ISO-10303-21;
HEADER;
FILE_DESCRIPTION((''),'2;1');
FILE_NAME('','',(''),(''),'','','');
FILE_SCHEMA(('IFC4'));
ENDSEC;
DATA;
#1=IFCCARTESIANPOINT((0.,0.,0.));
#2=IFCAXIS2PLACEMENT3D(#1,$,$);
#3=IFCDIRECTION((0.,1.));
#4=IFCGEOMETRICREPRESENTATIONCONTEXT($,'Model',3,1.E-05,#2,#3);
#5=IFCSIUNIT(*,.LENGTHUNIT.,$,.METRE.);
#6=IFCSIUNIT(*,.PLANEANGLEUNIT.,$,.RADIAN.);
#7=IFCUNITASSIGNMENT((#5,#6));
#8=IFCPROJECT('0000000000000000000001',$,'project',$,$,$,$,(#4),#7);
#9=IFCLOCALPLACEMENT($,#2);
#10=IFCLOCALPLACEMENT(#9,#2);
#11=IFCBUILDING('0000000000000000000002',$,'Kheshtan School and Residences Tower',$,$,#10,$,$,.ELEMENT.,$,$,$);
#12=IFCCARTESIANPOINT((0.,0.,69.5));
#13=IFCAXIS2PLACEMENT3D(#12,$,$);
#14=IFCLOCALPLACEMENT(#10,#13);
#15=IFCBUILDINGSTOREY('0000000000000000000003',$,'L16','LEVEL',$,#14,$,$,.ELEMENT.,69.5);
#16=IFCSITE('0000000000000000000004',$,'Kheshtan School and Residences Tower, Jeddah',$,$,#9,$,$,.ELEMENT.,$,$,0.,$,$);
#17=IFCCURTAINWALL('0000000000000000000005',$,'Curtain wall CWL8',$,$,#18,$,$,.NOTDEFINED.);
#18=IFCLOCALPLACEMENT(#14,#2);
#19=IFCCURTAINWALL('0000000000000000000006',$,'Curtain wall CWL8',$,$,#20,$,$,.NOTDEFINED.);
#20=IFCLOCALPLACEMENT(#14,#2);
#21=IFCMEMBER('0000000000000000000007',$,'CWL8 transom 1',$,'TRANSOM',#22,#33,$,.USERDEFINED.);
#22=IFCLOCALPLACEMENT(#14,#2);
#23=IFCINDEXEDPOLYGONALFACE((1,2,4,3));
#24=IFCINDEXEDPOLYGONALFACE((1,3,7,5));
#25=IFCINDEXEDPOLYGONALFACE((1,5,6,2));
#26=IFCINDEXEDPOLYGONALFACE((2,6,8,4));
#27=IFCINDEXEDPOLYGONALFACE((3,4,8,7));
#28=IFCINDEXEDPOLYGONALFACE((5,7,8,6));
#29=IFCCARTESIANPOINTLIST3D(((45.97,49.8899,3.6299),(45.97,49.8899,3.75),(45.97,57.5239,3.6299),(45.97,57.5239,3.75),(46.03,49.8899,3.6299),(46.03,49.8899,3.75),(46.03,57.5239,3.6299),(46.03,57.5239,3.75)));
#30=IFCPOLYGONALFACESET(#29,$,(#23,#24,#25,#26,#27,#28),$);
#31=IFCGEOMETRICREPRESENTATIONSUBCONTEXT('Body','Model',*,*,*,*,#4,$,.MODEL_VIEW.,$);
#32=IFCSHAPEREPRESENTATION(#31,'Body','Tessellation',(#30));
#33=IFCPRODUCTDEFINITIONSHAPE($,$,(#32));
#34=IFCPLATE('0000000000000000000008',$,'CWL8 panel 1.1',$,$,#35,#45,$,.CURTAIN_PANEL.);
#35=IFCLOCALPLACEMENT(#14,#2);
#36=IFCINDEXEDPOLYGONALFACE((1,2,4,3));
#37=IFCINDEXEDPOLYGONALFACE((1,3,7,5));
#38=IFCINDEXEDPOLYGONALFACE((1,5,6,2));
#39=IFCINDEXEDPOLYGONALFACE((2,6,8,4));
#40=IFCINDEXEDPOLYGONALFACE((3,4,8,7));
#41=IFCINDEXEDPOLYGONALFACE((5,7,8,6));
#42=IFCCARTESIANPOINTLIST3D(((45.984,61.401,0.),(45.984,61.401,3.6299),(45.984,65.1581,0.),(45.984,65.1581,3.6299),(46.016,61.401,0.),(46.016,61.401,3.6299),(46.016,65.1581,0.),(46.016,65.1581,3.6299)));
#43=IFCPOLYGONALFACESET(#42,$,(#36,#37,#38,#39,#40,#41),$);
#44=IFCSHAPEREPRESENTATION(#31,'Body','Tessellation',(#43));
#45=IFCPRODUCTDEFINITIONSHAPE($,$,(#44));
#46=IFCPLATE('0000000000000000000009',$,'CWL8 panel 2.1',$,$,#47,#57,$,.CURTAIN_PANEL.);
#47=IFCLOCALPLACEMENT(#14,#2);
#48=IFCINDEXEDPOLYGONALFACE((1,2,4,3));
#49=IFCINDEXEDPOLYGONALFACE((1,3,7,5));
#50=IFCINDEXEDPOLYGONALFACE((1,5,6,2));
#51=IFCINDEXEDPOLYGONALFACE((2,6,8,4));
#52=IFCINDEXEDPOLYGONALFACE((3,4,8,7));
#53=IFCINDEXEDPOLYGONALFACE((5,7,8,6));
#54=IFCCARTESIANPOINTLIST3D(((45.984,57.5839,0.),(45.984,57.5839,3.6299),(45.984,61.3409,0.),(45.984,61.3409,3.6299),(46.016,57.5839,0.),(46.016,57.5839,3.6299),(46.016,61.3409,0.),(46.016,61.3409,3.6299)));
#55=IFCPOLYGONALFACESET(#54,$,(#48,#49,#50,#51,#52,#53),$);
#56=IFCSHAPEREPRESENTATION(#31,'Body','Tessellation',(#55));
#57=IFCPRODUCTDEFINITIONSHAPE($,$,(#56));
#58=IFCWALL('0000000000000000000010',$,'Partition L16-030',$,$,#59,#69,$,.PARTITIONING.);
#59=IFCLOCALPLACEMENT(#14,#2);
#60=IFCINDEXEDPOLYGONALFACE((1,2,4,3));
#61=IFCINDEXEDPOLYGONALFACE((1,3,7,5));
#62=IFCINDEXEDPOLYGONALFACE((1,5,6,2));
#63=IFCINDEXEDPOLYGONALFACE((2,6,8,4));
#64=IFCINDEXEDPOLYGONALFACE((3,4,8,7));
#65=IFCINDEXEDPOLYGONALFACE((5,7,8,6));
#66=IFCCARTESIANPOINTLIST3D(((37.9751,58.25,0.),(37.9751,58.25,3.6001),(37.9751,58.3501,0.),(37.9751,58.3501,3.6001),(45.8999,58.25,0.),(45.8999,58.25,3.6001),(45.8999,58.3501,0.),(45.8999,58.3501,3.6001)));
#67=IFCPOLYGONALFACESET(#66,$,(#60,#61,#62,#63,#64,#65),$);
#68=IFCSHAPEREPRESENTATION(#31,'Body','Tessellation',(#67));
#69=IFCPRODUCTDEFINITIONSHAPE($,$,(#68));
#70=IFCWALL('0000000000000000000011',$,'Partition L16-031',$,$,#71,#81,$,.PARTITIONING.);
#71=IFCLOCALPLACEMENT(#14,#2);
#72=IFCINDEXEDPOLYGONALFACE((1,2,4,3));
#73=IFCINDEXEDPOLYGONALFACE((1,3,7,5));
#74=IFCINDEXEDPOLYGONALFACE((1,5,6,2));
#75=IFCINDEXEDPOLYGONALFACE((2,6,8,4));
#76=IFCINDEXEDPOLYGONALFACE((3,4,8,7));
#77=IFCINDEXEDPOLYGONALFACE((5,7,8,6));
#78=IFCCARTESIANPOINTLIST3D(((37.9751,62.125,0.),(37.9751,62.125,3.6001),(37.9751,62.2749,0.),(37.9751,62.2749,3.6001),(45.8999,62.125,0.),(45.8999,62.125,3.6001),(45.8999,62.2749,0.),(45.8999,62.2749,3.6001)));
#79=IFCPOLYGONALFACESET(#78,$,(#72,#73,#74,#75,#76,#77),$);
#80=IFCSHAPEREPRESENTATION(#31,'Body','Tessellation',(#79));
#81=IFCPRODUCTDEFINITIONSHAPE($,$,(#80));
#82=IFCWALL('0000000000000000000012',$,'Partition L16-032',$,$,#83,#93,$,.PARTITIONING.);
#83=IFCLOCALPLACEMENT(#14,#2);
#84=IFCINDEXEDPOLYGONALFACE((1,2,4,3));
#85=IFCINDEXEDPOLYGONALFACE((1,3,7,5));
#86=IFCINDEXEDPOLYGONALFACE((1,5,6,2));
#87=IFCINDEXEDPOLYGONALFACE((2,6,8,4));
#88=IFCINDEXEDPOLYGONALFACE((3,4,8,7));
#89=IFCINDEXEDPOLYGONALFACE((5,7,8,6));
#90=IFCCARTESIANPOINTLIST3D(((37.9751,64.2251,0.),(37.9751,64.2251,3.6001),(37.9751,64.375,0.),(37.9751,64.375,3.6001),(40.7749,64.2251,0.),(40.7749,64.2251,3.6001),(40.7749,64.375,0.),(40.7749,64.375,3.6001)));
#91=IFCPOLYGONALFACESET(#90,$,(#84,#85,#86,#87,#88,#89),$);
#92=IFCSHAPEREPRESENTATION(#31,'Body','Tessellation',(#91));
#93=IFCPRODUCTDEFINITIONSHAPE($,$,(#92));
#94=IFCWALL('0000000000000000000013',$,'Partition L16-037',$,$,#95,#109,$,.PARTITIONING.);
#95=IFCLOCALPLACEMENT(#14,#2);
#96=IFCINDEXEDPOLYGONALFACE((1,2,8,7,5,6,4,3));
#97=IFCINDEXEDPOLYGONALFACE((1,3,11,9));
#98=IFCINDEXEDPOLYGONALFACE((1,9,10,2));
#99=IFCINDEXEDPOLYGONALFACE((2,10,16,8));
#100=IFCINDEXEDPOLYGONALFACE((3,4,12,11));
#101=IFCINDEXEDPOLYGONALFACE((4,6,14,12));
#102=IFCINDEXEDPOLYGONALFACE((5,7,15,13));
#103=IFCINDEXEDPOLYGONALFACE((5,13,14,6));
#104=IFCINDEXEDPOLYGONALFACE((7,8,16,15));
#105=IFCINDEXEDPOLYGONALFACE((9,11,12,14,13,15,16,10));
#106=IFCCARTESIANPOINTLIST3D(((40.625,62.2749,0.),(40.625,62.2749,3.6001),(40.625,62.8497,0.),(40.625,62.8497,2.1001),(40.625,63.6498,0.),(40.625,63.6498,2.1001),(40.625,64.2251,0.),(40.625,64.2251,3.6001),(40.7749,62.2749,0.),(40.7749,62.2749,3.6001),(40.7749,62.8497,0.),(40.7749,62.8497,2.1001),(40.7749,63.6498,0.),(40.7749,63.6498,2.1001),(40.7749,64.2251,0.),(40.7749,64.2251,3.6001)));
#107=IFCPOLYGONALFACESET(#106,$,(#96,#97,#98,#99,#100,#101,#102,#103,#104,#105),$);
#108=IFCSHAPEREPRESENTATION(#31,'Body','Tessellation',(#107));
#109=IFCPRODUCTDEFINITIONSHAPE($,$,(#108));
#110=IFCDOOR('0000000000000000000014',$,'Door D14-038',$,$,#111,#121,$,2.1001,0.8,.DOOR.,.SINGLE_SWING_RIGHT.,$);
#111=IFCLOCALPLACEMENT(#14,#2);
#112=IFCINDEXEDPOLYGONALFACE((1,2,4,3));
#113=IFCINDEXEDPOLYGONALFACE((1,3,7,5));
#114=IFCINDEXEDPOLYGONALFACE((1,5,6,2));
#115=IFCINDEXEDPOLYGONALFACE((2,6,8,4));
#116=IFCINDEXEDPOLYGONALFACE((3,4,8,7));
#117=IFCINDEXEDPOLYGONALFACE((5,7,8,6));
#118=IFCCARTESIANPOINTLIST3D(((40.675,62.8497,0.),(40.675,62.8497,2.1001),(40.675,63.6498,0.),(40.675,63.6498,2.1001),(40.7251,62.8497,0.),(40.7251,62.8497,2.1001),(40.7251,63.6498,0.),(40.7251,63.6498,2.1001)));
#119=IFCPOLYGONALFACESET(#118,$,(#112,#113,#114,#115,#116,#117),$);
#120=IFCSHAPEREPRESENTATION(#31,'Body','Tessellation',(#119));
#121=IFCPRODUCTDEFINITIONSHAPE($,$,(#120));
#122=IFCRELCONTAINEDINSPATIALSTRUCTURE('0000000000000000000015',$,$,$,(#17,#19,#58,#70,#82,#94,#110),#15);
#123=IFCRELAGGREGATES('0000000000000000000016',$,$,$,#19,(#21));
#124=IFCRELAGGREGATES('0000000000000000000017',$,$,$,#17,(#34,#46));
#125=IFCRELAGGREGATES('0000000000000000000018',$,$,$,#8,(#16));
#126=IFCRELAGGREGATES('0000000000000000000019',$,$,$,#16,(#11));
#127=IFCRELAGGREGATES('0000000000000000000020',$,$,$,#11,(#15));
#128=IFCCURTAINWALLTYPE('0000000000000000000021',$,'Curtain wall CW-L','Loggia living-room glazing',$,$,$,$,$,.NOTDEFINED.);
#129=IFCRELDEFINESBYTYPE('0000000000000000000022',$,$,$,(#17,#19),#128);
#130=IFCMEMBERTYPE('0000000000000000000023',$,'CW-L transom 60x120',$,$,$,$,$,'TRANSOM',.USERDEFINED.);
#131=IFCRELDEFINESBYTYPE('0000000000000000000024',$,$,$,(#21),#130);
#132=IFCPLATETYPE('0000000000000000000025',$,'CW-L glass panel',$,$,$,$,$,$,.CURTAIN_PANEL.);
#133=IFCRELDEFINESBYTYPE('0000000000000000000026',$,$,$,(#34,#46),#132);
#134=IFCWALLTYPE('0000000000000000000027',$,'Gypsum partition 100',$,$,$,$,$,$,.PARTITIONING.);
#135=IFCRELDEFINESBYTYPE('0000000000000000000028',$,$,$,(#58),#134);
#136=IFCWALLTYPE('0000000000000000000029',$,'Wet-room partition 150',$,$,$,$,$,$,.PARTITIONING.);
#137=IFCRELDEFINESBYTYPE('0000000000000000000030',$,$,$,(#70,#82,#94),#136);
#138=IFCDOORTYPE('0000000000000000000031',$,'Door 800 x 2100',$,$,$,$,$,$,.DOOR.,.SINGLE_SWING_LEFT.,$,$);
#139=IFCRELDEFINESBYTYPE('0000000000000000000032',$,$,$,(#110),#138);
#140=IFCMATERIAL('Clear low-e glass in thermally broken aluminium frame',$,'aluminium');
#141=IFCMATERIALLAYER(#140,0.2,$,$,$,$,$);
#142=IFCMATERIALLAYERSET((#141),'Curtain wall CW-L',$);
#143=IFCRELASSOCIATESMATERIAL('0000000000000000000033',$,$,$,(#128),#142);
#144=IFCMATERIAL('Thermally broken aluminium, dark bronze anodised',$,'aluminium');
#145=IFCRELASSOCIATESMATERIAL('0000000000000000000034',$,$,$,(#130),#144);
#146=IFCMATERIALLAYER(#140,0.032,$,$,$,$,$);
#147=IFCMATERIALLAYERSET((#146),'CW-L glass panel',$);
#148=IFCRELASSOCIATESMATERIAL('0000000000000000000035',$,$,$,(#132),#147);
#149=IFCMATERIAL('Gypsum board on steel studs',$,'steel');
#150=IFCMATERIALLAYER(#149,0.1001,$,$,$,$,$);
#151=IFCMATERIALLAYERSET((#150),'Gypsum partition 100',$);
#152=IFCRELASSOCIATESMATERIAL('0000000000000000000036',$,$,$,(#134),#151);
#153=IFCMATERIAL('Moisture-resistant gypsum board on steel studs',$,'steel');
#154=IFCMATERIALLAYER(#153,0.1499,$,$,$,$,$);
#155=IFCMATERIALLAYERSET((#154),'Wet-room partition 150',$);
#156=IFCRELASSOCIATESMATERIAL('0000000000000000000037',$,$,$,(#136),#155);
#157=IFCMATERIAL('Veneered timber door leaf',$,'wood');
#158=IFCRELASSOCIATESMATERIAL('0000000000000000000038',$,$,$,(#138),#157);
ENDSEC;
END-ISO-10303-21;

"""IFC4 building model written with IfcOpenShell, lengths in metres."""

from ifc_helpers import new_model, si_unit, direction, frame, frame_2d, origin, origin_2d, place, context, subcontext, project, spatial, rectangle, extrude, source, transform, mapped, material, layer, layer_set, material_profile, profile_set, type_object, element, fill, aggregate, save


model = new_model("IFC4")

# Units and contexts
model_context = context("Model", 3, precision=1e-05, world=origin(), true_north=direction((0.0, 1.0)))
body_context = subcontext(model_context, "Body", "Model", "MODEL_VIEW")
ifc_project = project(units=[si_unit("LENGTHUNIT", "METRE"), si_unit("PLANEANGLEUNIT", "RADIAN")], contexts=[model_context])

# Site, building, storey
site_placement = place(None, origin())
site = spatial("IfcSite", under=ifc_project, at=site_placement, Name="Kheshtan School and Residences Tower, Jeddah", CompositionType="ELEMENT", RefElevation=0.0)
building_placement = place(site_placement, origin())
building = spatial("IfcBuilding", under=site, at=building_placement, Name="Kheshtan School and Residences Tower", CompositionType="ELEMENT")
storey_placement = place(building_placement, frame((0.0, 0.0, 69.5)))
storey = spatial("IfcBuildingStorey", under=building, at=storey_placement, Name="L16", Description="LEVEL", CompositionType="ELEMENT", Elevation=69.5)

# Curtain wall
ifc_material_1 = material(Name="Clear low-e glass in thermally broken aluminium frame", Category="aluminium")
ifc_layer_1 = layer(ifc_material_1, 0.2)
ifc_layer_set_1 = layer_set([ifc_layer_1], Name="Curtain wall CW-L")
curtain_wall_type = type_object("IfcCurtainWallType", Name="Curtain wall CW-L", Description="Loggia living-room glazing", PredefinedType="NOTDEFINED", material=ifc_layer_set_1)
curtain_wall_1_placement = place(storey_placement, origin())
curtain_wall_1 = element("IfcCurtainWall", 1, at=curtain_wall_1_placement, inside=storey, type_object=curtain_wall_type, Name="Curtain wall CWL8", PredefinedType="NOTDEFINED")
ifc_material_2 = material(Name="Thermally broken aluminium, dark bronze anodised", Category="aluminium")
ifc_material_profile_1 = material_profile(ifc_material_2, rectangle(XDim=0.0601, YDim=0.1201, at=origin_2d()), Name="CW-L transom 60x120")
ifc_profile_set_1 = profile_set([ifc_material_profile_1], Name="Thermally broken aluminium, dark bronze anodised")
member_type_1 = type_object("IfcMemberType", Name="CW-L transom 60x120", ElementType="TRANSOM", PredefinedType="USERDEFINED", material=ifc_profile_set_1)

# Curtain wall, member
curtain_wall_2_placement = place(storey_placement, origin())
curtain_wall_2 = element("IfcCurtainWall", 2, at=curtain_wall_2_placement, inside=storey, type_object=curtain_wall_type, Name="Curtain wall CWL8", PredefinedType="NOTDEFINED")
member_1_placement = place(storey_placement, frame((46.0, 57.5239, 3.6899), z_axis=(0.0, -1.0, 0.0), x_axis=(1.0, 0.0, 0.0)))
member_1 = element("IfcMember", 3, at=member_1_placement, type_object=member_type_1, Name="CWL8 transom 1", ObjectType="TRANSOM", PredefinedType="USERDEFINED", context=body_context, shape_type="SweptSolid", body=[
    extrude(rectangle(XDim=0.0601, YDim=0.1201, at=origin_2d()), origin(), (0.0, 0.0, 1.0), 7.634),
])
aggregate(curtain_wall_2, [member_1])

# Plates
ifc_layer_2 = layer(ifc_material_1, 0.032)
ifc_layer_set_2 = layer_set([ifc_layer_2], Name="CW-L glass panel")
plate_type = type_object("IfcPlateType", Name="CW-L glass panel", PredefinedType="CURTAIN_PANEL", material=ifc_layer_set_2)
plate_1_placement = place(storey_placement, frame((46.0, 63.2795, 0.0), z_axis=(0.0, 0.0, 1.0), x_axis=(0.0, -1.0, 0.0)))
plate_1 = element("IfcPlate", 4, at=plate_1_placement, type_object=plate_type, Name="CWL8 panel 1.1", PredefinedType="CURTAIN_PANEL", context=body_context, shape_type="SweptSolid", body=[
    extrude(rectangle(XDim=3.7571, YDim=0.032, at=origin_2d()), origin(), (0.0, 0.0, 1.0), 3.6299),
])
plate_2_placement = place(storey_placement, frame((46.0, 59.4624, 0.0), z_axis=(0.0, 0.0, 1.0), x_axis=(0.0, -1.0, 0.0)))
plate_2 = element("IfcPlate", 5, at=plate_2_placement, type_object=plate_type, Name="CWL8 panel 2.1", PredefinedType="CURTAIN_PANEL", context=body_context, shape_type="SweptSolid", body=[
    extrude(rectangle(XDim=3.7571, YDim=0.032, at=origin_2d()), origin(), (0.0, 0.0, 1.0), 3.6299),
])
aggregate(curtain_wall_1, [plate_1, plate_2])

# Walls
ifc_material_3 = material(Name="Gypsum board on steel studs", Category="steel")
ifc_layer_3 = layer(ifc_material_3, 0.1001)
ifc_layer_set_3 = layer_set([ifc_layer_3], Name="Gypsum partition 100")
wall_type_1 = type_object("IfcWallType", Name="Gypsum partition 100", PredefinedType="PARTITIONING", material=ifc_layer_set_3)
wall_1_placement = place(storey_placement, frame((37.9751, 58.3, 0.0), z_axis=(0.0, 0.0, 1.0), x_axis=(1.0, 0.0, 0.0)))
element("IfcWall", 6, at=wall_1_placement, inside=storey, type_object=wall_type_1, Name="Partition L16-030", PredefinedType="PARTITIONING", context=body_context, shape_type="SweptSolid", body=[
    extrude(rectangle(XDim=7.9248, YDim=0.1001, at=frame_2d((3.9624, 0.0))), origin(), (0.0, 0.0, 1.0), 3.6001),
])
ifc_material_4 = material(Name="Moisture-resistant gypsum board on steel studs", Category="steel")
ifc_layer_4 = layer(ifc_material_4, 0.1499)
ifc_layer_set_4 = layer_set([ifc_layer_4], Name="Wet-room partition 150")
wall_type_2 = type_object("IfcWallType", Name="Wet-room partition 150", PredefinedType="PARTITIONING", material=ifc_layer_set_4)
wall_2_placement = place(storey_placement, frame((37.9751, 62.2, 0.0), z_axis=(0.0, 0.0, 1.0), x_axis=(1.0, 0.0, 0.0)))
element("IfcWall", 7, at=wall_2_placement, inside=storey, type_object=wall_type_2, Name="Partition L16-031", PredefinedType="PARTITIONING", context=body_context, shape_type="SweptSolid", body=[
    extrude(rectangle(XDim=7.9248, YDim=0.1499, at=frame_2d((3.9624, 0.0))), origin(), (0.0, 0.0, 1.0), 3.6001),
])
wall_3_placement = place(storey_placement, frame((37.9751, 64.3, 0.0), z_axis=(0.0, 0.0, 1.0), x_axis=(1.0, 0.0, 0.0)))
element("IfcWall", 8, at=wall_3_placement, inside=storey, type_object=wall_type_2, Name="Partition L16-032", PredefinedType="PARTITIONING", context=body_context, shape_type="SweptSolid", body=[
    extrude(rectangle(XDim=2.7998, YDim=0.1499, at=frame_2d((1.3999, 0.0))), origin(), (0.0, 0.0, 1.0), 3.6001),
])

# Wall, opening, door
wall_4_placement = place(storey_placement, frame((40.7, 62.2749, 0.0), z_axis=(0.0, 0.0, 1.0), x_axis=(0.0, 1.0, 0.0)))
wall_4 = element("IfcWall", 9, at=wall_4_placement, inside=storey, type_object=wall_type_2, Name="Partition L16-037", PredefinedType="PARTITIONING", context=body_context, shape_type="SweptSolid", body=[
    extrude(rectangle(XDim=1.9502, YDim=0.1499, at=frame_2d((0.9751, 0.0))), origin(), (0.0, 0.0, 1.0), 3.6001),
])
opening_placement = place(wall_4_placement, frame((0.575, 0.0, 0.0)))
opening = element("IfcOpeningElement", 10, at=opening_placement, cuts=wall_4, PredefinedType="OPENING", context=body_context, shape_type="SweptSolid", body=[
    extrude(rectangle(XDim=0.8, YDim=2.1001, at=frame_2d((0.3999, 1.05))), frame((0.0, 0.085, 0.0), z_axis=(0.0, -1.0, 0.0), x_axis=(1.0, 0.0, 0.0)), (0.0, 0.0, 1.0), 0.1699),
])
ifc_material_5 = material(Name="Veneered timber door leaf", Category="wood")
door_type = type_object("IfcDoorType", Name="Door 800 x 2100", OperationType="SINGLE_SWING_LEFT", PredefinedType="DOOR", material=ifc_material_5)
shared_shape = source(origin(), body_context, "Body", "SweptSolid", [
    extrude(rectangle(XDim=0.8, YDim=2.1001, at=frame_2d((0.3999, 1.05))), frame((0.0, 0.0249, 0.0), z_axis=(0.0, -1.0, 0.0), x_axis=(1.0, 0.0, 0.0)), (0.0, 0.0, 1.0), 0.05),
])
door_placement = place(opening_placement, origin())
door = element("IfcDoor", 11, at=door_placement, inside=storey, type_object=door_type, Name="Door D14-038", OperationType="SINGLE_SWING_RIGHT", OverallHeight=2.1001, OverallWidth=0.8, PredefinedType="DOOR", context=body_context, shape_type="MappedRepresentation", body=[
    mapped(shared_shape, transform((0.0, 0.0, 0.0), x_axis=(1.0, 0.0, 0.0), y_axis=(0.0, 1.0, 0.0), z_axis=(0.0, 0.0, 1.0), scale=1.0)),
])
fill(opening, door)

save(model, "model.ifc")
